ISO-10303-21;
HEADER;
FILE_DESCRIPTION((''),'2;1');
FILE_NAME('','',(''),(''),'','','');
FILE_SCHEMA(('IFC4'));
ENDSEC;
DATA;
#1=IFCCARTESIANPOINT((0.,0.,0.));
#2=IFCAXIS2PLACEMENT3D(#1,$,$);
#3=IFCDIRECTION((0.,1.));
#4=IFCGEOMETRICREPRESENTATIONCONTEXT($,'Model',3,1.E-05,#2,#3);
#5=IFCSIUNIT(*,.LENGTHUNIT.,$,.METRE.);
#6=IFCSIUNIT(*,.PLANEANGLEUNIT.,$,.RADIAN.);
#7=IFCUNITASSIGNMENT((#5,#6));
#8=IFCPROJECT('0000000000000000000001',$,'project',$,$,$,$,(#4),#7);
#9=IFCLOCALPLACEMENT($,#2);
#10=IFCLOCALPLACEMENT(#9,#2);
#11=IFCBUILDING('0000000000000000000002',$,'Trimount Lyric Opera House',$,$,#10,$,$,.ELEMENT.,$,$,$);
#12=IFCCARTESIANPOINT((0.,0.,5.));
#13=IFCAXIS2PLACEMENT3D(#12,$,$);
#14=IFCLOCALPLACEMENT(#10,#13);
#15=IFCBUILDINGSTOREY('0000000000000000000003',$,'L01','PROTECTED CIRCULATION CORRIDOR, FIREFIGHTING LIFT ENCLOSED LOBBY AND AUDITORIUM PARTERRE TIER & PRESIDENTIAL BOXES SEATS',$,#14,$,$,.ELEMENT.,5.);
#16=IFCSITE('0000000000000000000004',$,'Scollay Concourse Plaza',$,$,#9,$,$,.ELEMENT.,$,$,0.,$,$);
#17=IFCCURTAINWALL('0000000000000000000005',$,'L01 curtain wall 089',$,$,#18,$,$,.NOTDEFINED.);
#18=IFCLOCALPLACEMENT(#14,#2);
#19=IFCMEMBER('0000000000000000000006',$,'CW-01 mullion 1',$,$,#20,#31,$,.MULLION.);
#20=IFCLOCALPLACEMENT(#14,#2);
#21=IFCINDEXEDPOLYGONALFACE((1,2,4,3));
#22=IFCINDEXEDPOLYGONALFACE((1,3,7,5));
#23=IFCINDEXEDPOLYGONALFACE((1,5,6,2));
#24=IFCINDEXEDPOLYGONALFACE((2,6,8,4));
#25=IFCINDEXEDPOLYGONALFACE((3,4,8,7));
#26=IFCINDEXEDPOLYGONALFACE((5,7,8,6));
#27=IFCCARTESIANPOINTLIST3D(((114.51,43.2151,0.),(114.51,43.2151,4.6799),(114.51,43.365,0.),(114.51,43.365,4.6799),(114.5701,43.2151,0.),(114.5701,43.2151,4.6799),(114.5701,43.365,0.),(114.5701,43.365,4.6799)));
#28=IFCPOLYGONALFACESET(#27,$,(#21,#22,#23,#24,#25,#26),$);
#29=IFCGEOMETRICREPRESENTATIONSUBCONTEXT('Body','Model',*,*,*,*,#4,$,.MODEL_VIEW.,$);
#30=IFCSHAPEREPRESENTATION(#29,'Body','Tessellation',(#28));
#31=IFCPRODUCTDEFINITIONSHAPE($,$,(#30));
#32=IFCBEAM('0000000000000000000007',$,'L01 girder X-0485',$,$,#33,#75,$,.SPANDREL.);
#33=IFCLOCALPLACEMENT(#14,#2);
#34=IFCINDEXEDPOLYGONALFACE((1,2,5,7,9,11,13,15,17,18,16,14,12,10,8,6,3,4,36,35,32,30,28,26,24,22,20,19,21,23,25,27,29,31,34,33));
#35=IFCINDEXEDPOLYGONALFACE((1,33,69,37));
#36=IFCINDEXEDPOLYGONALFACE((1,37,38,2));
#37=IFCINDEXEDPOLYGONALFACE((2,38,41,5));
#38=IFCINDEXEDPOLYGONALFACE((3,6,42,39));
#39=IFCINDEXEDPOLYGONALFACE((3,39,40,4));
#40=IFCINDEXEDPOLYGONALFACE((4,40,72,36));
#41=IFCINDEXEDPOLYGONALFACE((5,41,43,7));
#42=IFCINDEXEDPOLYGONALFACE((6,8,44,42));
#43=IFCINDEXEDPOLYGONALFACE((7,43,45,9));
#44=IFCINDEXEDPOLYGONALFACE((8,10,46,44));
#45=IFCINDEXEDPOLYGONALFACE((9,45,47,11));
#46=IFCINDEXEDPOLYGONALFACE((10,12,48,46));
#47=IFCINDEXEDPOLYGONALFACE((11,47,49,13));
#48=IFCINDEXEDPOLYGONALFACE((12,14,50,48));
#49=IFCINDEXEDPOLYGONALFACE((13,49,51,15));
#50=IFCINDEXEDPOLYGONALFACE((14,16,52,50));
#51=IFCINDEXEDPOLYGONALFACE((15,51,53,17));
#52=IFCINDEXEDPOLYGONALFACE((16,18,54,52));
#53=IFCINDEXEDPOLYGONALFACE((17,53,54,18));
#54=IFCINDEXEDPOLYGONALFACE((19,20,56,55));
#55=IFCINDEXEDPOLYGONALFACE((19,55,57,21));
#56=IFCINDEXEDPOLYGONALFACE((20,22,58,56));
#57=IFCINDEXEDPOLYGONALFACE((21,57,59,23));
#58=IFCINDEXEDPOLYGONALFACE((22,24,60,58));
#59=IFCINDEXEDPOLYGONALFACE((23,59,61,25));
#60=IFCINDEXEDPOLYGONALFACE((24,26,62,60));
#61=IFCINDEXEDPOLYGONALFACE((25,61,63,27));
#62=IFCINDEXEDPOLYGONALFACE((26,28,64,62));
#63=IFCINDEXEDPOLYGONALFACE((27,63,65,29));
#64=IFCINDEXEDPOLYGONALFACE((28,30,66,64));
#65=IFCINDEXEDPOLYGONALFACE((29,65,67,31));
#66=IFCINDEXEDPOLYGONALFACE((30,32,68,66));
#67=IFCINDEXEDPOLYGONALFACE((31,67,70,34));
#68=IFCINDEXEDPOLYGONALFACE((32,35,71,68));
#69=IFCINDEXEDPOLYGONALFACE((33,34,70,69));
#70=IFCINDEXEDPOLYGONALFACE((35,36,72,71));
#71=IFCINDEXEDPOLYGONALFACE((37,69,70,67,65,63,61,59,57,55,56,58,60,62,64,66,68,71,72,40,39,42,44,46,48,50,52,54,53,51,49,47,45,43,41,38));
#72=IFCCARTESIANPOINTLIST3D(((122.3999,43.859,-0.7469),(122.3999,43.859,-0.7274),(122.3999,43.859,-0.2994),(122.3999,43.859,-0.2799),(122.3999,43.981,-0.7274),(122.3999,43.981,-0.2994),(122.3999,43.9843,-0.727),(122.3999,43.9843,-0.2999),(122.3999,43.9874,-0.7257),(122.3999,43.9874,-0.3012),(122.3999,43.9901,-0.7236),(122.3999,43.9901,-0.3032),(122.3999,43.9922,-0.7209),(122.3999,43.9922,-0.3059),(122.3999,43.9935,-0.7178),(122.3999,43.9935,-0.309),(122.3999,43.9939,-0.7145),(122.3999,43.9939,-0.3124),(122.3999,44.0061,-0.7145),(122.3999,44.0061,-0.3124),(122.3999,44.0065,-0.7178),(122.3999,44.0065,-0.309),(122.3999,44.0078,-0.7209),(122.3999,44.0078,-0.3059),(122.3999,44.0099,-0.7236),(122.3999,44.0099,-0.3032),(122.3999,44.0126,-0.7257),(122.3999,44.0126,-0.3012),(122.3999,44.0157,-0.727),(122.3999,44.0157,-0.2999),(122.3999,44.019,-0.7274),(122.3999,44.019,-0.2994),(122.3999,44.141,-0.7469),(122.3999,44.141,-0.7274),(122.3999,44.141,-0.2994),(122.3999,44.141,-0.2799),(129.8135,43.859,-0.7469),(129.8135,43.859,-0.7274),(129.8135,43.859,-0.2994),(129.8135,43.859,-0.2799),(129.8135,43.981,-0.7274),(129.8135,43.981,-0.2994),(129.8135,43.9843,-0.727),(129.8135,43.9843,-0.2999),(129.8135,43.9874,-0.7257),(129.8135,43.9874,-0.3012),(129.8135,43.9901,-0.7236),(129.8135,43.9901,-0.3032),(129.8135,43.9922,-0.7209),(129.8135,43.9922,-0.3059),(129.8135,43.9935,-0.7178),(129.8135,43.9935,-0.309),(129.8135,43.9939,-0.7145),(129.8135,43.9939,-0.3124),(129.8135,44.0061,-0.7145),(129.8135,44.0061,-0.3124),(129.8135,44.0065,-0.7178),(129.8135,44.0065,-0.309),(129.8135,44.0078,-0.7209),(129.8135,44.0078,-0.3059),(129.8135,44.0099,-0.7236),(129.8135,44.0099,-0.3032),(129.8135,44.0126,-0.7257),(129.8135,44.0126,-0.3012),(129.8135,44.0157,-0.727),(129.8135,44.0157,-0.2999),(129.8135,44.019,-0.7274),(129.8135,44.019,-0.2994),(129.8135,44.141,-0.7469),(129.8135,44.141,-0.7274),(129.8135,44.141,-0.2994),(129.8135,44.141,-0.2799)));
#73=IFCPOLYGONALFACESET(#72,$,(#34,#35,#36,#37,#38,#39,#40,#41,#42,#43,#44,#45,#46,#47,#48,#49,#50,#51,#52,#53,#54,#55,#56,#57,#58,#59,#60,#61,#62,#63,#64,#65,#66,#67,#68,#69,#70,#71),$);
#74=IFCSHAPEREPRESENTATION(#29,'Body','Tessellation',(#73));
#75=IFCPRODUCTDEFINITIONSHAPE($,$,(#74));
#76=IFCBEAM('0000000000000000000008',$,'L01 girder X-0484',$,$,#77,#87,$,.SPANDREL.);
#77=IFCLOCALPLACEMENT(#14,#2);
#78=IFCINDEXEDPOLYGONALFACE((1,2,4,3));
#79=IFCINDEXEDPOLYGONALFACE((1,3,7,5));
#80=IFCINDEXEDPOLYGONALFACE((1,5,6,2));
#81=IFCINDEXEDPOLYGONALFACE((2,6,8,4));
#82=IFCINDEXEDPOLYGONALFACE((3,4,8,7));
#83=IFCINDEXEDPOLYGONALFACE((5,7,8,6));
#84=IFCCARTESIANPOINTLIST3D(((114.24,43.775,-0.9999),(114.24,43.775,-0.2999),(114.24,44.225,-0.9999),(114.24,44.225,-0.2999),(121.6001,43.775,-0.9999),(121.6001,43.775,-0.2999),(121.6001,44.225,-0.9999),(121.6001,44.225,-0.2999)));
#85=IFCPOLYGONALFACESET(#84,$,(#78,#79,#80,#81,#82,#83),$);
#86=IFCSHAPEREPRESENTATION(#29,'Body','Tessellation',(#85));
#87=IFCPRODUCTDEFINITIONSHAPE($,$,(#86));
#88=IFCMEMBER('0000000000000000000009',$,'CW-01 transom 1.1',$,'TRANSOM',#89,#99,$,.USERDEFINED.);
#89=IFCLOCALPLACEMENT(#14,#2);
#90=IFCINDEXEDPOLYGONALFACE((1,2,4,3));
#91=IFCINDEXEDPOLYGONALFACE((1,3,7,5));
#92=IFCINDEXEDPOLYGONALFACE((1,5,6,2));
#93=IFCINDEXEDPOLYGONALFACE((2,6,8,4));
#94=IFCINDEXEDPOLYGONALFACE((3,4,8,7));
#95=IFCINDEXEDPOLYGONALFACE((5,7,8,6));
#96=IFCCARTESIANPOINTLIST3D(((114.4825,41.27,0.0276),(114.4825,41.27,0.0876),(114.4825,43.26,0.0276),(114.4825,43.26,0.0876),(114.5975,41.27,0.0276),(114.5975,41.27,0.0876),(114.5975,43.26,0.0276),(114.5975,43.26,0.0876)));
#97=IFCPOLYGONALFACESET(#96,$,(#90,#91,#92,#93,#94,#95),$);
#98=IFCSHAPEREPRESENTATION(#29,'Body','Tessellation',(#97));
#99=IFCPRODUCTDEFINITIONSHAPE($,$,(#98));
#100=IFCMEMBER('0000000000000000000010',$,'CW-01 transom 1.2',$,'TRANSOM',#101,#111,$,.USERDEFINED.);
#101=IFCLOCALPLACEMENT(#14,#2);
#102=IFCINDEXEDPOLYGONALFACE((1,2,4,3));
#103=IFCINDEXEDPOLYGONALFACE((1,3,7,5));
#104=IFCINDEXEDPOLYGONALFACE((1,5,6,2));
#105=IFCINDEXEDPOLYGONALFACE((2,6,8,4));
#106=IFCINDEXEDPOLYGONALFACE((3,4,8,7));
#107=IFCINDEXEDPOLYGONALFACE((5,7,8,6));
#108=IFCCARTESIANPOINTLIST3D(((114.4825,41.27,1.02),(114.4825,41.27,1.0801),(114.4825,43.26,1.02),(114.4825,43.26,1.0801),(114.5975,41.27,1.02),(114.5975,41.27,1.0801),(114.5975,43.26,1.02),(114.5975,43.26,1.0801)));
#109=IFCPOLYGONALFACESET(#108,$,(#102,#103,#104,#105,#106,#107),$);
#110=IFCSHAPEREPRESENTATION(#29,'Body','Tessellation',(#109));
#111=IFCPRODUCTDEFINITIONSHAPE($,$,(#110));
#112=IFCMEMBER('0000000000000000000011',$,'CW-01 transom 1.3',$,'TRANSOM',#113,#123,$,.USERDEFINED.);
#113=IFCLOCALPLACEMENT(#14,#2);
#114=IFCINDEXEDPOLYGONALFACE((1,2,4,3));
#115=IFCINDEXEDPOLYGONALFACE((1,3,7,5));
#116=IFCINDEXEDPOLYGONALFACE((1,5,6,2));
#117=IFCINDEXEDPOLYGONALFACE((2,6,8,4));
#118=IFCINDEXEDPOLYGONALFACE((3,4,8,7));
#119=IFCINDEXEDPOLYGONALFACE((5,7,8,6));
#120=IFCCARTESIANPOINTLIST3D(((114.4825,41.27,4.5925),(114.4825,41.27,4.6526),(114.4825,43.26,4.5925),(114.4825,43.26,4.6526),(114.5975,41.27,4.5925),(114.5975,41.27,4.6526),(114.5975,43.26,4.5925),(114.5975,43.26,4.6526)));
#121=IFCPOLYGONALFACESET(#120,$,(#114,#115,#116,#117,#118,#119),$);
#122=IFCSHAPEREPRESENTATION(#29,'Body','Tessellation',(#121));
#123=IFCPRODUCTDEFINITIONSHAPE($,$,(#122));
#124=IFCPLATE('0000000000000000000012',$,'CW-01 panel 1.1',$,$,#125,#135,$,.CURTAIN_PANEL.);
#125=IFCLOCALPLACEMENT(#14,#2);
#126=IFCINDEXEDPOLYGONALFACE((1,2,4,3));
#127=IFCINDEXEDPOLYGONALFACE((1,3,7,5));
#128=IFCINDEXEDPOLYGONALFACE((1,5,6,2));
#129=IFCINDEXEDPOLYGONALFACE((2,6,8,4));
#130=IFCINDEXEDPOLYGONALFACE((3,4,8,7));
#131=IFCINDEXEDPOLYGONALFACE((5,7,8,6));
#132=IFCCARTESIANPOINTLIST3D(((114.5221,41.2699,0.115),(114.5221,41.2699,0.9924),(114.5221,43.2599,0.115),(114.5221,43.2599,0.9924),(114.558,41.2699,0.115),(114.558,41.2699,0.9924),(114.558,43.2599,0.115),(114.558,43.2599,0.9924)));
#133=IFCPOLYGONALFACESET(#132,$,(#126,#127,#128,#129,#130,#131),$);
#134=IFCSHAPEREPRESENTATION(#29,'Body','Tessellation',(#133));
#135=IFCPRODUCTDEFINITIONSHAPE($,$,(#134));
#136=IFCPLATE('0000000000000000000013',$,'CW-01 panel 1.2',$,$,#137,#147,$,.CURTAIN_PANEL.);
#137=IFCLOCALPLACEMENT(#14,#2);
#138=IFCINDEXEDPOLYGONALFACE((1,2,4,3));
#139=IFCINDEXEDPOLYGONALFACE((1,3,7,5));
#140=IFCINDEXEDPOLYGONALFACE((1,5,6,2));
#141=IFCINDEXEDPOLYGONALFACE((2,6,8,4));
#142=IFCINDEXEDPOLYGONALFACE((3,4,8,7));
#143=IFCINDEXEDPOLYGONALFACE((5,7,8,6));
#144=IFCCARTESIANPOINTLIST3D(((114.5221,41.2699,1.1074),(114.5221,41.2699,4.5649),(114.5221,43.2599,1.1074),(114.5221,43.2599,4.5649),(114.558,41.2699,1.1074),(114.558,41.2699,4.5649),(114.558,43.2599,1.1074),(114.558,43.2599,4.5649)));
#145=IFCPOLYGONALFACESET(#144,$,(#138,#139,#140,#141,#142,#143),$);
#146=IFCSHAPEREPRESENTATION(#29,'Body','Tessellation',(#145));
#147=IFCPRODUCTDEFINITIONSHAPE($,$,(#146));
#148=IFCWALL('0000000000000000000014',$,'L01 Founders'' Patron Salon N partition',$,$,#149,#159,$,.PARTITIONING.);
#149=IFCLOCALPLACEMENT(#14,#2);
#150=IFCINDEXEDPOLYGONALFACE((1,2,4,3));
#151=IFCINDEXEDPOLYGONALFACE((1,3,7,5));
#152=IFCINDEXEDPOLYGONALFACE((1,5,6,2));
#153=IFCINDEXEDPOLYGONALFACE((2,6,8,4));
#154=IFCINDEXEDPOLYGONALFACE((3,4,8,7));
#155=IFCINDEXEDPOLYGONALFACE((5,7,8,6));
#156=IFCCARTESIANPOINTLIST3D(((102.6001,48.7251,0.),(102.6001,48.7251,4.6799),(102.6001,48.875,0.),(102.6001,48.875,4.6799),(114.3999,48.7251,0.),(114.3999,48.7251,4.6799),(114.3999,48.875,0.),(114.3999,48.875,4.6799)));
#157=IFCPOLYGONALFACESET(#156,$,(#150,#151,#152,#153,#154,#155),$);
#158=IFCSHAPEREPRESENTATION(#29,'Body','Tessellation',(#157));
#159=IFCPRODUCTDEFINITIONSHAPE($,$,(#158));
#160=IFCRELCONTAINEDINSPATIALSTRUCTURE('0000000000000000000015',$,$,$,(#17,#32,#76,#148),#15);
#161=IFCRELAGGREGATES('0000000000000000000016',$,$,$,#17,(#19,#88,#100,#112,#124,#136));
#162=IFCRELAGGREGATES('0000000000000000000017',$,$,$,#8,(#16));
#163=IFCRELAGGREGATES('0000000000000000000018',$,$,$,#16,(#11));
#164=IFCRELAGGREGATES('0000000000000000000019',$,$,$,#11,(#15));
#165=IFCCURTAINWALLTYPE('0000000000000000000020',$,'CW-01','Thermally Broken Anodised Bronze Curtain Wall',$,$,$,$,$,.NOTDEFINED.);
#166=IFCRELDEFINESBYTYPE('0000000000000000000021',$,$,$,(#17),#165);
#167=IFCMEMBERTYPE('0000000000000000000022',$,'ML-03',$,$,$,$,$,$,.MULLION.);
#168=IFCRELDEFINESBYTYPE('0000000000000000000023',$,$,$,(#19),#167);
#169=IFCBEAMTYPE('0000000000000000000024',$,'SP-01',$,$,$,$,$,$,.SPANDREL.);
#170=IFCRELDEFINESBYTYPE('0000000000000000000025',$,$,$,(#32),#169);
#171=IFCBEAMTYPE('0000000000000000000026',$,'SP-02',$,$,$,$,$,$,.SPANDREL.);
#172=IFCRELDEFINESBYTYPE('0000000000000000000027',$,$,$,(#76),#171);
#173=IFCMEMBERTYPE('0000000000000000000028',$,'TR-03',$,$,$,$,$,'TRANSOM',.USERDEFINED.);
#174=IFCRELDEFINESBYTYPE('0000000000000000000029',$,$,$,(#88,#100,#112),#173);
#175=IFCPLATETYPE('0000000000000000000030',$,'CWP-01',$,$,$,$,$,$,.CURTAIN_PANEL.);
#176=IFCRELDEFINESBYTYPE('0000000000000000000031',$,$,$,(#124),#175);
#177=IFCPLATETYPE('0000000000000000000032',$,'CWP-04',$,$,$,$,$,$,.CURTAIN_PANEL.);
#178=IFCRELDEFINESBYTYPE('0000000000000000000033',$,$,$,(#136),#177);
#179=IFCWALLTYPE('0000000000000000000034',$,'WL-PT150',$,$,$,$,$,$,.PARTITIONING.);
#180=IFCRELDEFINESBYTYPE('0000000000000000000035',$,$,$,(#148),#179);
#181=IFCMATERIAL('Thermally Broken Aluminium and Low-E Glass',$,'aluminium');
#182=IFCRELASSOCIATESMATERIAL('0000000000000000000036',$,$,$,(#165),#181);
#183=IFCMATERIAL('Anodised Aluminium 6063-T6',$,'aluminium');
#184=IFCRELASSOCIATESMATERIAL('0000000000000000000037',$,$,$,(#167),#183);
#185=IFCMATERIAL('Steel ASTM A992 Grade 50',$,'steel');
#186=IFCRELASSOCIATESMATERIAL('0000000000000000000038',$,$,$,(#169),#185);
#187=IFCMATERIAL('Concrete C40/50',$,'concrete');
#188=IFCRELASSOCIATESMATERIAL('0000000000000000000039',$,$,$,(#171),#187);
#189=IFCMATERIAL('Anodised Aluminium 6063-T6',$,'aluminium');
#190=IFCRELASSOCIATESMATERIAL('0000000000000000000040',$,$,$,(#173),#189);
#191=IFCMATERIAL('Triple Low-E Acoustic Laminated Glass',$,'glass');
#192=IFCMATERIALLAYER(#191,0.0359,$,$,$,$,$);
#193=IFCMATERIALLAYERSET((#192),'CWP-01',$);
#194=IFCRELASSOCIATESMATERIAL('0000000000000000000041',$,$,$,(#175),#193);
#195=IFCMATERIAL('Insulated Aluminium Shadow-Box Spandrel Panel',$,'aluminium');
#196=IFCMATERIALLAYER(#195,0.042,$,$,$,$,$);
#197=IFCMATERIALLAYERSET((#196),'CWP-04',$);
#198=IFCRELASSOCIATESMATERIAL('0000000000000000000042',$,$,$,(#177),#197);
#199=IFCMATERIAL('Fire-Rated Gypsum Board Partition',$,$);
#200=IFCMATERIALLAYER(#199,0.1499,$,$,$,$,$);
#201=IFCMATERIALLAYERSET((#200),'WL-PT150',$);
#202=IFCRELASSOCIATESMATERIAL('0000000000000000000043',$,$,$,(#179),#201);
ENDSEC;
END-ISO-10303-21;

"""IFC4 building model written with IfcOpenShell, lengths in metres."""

from ifc_helpers import new_model, si_unit, direction, frame, frame_2d, origin, origin_2d, place, context, subcontext, project, spatial, rectangle, i_section, extrude, material, layer, layer_set, material_profile, profile_set, type_object, element, aggregate, save


model = new_model("IFC4")

# Units and contexts
model_context = context("Model", 3, precision=1e-05, world=origin(), true_north=direction((0.0, 1.0)))
body_context = subcontext(model_context, "Body", "Model", "MODEL_VIEW")
ifc_project = project(units=[si_unit("LENGTHUNIT", "METRE"), si_unit("PLANEANGLEUNIT", "RADIAN")], contexts=[model_context])

# Site, building, storey
site_placement = place(None, origin())
site = spatial("IfcSite", under=ifc_project, at=site_placement, Name="Scollay Concourse Plaza", CompositionType="ELEMENT", RefElevation=0.0)
building_placement = place(site_placement, origin())
building = spatial("IfcBuilding", under=site, at=building_placement, Name="Trimount Lyric Opera House", CompositionType="ELEMENT")
storey_placement = place(building_placement, frame((0.0, 0.0, 5.0)))
storey = spatial("IfcBuildingStorey", under=building, at=storey_placement, Name="L01", Description="PROTECTED CIRCULATION CORRIDOR, FIREFIGHTING LIFT ENCLOSED LOBBY AND AUDITORIUM PARTERRE TIER & PRESIDENTIAL BOXES SEATS", CompositionType="ELEMENT", Elevation=5.0)

# Curtain wall, member
ifc_material_1 = material(Name="Thermally Broken Aluminium and Low-E Glass", Category="aluminium")
curtain_wall_type = type_object("IfcCurtainWallType", Name="CW-01", Description="Thermally Broken Anodised Bronze Curtain Wall", PredefinedType="NOTDEFINED", material=ifc_material_1)
curtain_wall_placement = place(storey_placement, origin())
curtain_wall = element("IfcCurtainWall", 1, at=curtain_wall_placement, inside=storey, type_object=curtain_wall_type, Name="L01 curtain wall 089", PredefinedType="NOTDEFINED")
ifc_material_2 = material(Name="Anodised Aluminium 6063-T6", Category="aluminium")
ifc_material_profile_1 = material_profile(ifc_material_2, rectangle(XDim=0.0601, YDim=0.1499, at=origin_2d()), Name="ALU-MULL-60X150")
ifc_profile_set_1 = profile_set([ifc_material_profile_1], Name="Anodised Aluminium 6063-T6")
member_type_1 = type_object("IfcMemberType", Name="ML-03", PredefinedType="MULLION", material=ifc_profile_set_1)
member_1_placement = place(storey_placement, frame((114.54, 43.29, 0.0), z_axis=(0.0, 0.0, 1.0), x_axis=(1.0, 0.0, 0.0)))
member_1 = element("IfcMember", 2, at=member_1_placement, type_object=member_type_1, Name="CW-01 mullion 1", PredefinedType="MULLION", context=body_context, shape_type="SweptSolid", body=[
    extrude(rectangle(XDim=0.0601, YDim=0.1499, at=origin_2d()), origin(), (0.0, 0.0, 1.0), 4.6799),
])

# Beams
ifc_material_3 = material(Name="Steel ASTM A992 Grade 50", Category="steel")
ifc_material_profile_2 = material_profile(ifc_material_3, i_section(OverallWidth=0.282, OverallDepth=0.467, WebThickness=0.0122, FlangeThickness=0.0195, FilletRadius=0.0129, at=origin_2d()), Name="W18X86")
ifc_profile_set_2 = profile_set([ifc_material_profile_2], Name="Steel ASTM A992 Grade 50")
beam_type_1 = type_object("IfcBeamType", Name="SP-01", PredefinedType="SPANDREL", material=ifc_profile_set_2)
beam_1_placement = place(storey_placement, frame((122.3999, 44.0, -0.5134), z_axis=(1.0, 0.0, 0.0), x_axis=(0.0, 1.0, 0.0)))
element("IfcBeam", 3, at=beam_1_placement, inside=storey, type_object=beam_type_1, Name="L01 girder X-0485", PredefinedType="SPANDREL", context=body_context, shape_type="SweptSolid", body=[
    extrude(i_section(OverallWidth=0.282, OverallDepth=0.467, WebThickness=0.0122, FlangeThickness=0.0195, FilletRadius=0.0129, at=origin_2d()), origin(), (0.0, 0.0, 1.0), 7.4136),
])
ifc_material_4 = material(Name="Concrete C40/50", Category="concrete")
ifc_material_profile_3 = material_profile(ifc_material_4, rectangle(XDim=0.45, YDim=0.7, at=origin_2d()), Name="RC450X700")
ifc_profile_set_3 = profile_set([ifc_material_profile_3], Name="Concrete C40/50")
beam_type_2 = type_object("IfcBeamType", Name="SP-02", PredefinedType="SPANDREL", material=ifc_profile_set_3)
beam_2_placement = place(storey_placement, frame((114.24, 44.0, -0.6499), z_axis=(1.0, 0.0, 0.0), x_axis=(0.0, 1.0, 0.0)))
element("IfcBeam", 4, at=beam_2_placement, inside=storey, type_object=beam_type_2, Name="L01 girder X-0484", PredefinedType="SPANDREL", context=body_context, shape_type="SweptSolid", body=[
    extrude(rectangle(XDim=0.45, YDim=0.7, at=origin_2d()), origin(), (0.0, 0.0, 1.0), 7.3601),
])

# Members
ifc_material_5 = material(Name="Anodised Aluminium 6063-T6", Category="aluminium")
ifc_material_profile_4 = material_profile(ifc_material_5, rectangle(XDim=0.115, YDim=0.0601, at=origin_2d()), Name="ALU-TRAN-60X115")
ifc_profile_set_4 = profile_set([ifc_material_profile_4], Name="Anodised Aluminium 6063-T6")
member_type_2 = type_object("IfcMemberType", Name="TR-03", ElementType="TRANSOM", PredefinedType="USERDEFINED", material=ifc_profile_set_4)
member_2_placement = place(storey_placement, frame((114.54, 43.26, 0.0576), z_axis=(0.0, -1.0, 0.0), x_axis=(1.0, 0.0, 0.0)))
member_2 = element("IfcMember", 5, at=member_2_placement, type_object=member_type_2, Name="CW-01 transom 1.1", ObjectType="TRANSOM", PredefinedType="USERDEFINED", context=body_context, shape_type="SweptSolid", body=[
    extrude(rectangle(XDim=0.115, YDim=0.0601, at=origin_2d()), origin(), (0.0, 0.0, 1.0), 1.99),
])
member_3_placement = place(storey_placement, frame((114.54, 43.26, 1.05), z_axis=(0.0, -1.0, 0.0), x_axis=(1.0, 0.0, 0.0)))
member_3 = element("IfcMember", 6, at=member_3_placement, type_object=member_type_2, Name="CW-01 transom 1.2", ObjectType="TRANSOM", PredefinedType="USERDEFINED", context=body_context, shape_type="SweptSolid", body=[
    extrude(rectangle(XDim=0.115, YDim=0.0601, at=origin_2d()), origin(), (0.0, 0.0, 1.0), 1.99),
])
member_4_placement = place(storey_placement, frame((114.54, 43.26, 4.6226), z_axis=(0.0, -1.0, 0.0), x_axis=(1.0, 0.0, 0.0)))
member_4 = element("IfcMember", 7, at=member_4_placement, type_object=member_type_2, Name="CW-01 transom 1.3", ObjectType="TRANSOM", PredefinedType="USERDEFINED", context=body_context, shape_type="SweptSolid", body=[
    extrude(rectangle(XDim=0.115, YDim=0.0601, at=origin_2d()), origin(), (0.0, 0.0, 1.0), 1.99),
])

# Plates
ifc_material_6 = material(Name="Triple Low-E Acoustic Laminated Glass", Category="glass")
ifc_layer_1 = layer(ifc_material_6, 0.0359)
ifc_layer_set_1 = layer_set([ifc_layer_1], Name="CWP-01")
plate_type_1 = type_object("IfcPlateType", Name="CWP-01", PredefinedType="CURTAIN_PANEL", material=ifc_layer_set_1)
plate_1_placement = place(storey_placement, frame((114.54, 42.2649, 0.115), z_axis=(0.0, 0.0, 1.0), x_axis=(0.0, -1.0, 0.0)))
plate_1 = element("IfcPlate", 8, at=plate_1_placement, type_object=plate_type_1, Name="CW-01 panel 1.1", PredefinedType="CURTAIN_PANEL", context=body_context, shape_type="SweptSolid", body=[
    extrude(rectangle(XDim=1.99, YDim=0.0359, at=origin_2d()), origin(), (0.0, 0.0, 1.0), 0.8774),
])
ifc_material_7 = material(Name="Insulated Aluminium Shadow-Box Spandrel Panel", Category="aluminium")
ifc_layer_2 = layer(ifc_material_7, 0.042)
ifc_layer_set_2 = layer_set([ifc_layer_2], Name="CWP-04")
plate_type_2 = type_object("IfcPlateType", Name="CWP-04", PredefinedType="CURTAIN_PANEL", material=ifc_layer_set_2)
plate_2_placement = place(storey_placement, frame((114.54, 42.2649, 1.1074), z_axis=(0.0, 0.0, 1.0), x_axis=(0.0, -1.0, 0.0)))
plate_2 = element("IfcPlate", 9, at=plate_2_placement, type_object=plate_type_2, Name="CW-01 panel 1.2", PredefinedType="CURTAIN_PANEL", context=body_context, shape_type="SweptSolid", body=[
    extrude(rectangle(XDim=1.99, YDim=0.0359, at=origin_2d()), origin(), (0.0, 0.0, 1.0), 3.4575),
])
aggregate(curtain_wall, [member_1, member_2, member_3, member_4, plate_1, plate_2])

# Wall
ifc_material_8 = material(Name="Fire-Rated Gypsum Board Partition")
ifc_layer_3 = layer(ifc_material_8, 0.1499)
ifc_layer_set_3 = layer_set([ifc_layer_3], Name="WL-PT150")
wall_type_1 = type_object("IfcWallType", Name="WL-PT150", PredefinedType="PARTITIONING", material=ifc_layer_set_3)
wall_1_placement = place(storey_placement, frame((114.3999, 48.8, 0.0), z_axis=(0.0, 0.0, 1.0), x_axis=(-1.0, 0.0, 0.0)))
element("IfcWall", 10, at=wall_1_placement, inside=storey, type_object=wall_type_1, Name="L01 Founders' Patron Salon N partition", PredefinedType="PARTITIONING", context=body_context, shape_type="SweptSolid", body=[
    extrude(rectangle(XDim=11.7998, YDim=0.1499, at=frame_2d((5.8999, 0.0))), origin(), (0.0, 0.0, 1.0), 4.6799),
])

save(model, "model.ifc")
